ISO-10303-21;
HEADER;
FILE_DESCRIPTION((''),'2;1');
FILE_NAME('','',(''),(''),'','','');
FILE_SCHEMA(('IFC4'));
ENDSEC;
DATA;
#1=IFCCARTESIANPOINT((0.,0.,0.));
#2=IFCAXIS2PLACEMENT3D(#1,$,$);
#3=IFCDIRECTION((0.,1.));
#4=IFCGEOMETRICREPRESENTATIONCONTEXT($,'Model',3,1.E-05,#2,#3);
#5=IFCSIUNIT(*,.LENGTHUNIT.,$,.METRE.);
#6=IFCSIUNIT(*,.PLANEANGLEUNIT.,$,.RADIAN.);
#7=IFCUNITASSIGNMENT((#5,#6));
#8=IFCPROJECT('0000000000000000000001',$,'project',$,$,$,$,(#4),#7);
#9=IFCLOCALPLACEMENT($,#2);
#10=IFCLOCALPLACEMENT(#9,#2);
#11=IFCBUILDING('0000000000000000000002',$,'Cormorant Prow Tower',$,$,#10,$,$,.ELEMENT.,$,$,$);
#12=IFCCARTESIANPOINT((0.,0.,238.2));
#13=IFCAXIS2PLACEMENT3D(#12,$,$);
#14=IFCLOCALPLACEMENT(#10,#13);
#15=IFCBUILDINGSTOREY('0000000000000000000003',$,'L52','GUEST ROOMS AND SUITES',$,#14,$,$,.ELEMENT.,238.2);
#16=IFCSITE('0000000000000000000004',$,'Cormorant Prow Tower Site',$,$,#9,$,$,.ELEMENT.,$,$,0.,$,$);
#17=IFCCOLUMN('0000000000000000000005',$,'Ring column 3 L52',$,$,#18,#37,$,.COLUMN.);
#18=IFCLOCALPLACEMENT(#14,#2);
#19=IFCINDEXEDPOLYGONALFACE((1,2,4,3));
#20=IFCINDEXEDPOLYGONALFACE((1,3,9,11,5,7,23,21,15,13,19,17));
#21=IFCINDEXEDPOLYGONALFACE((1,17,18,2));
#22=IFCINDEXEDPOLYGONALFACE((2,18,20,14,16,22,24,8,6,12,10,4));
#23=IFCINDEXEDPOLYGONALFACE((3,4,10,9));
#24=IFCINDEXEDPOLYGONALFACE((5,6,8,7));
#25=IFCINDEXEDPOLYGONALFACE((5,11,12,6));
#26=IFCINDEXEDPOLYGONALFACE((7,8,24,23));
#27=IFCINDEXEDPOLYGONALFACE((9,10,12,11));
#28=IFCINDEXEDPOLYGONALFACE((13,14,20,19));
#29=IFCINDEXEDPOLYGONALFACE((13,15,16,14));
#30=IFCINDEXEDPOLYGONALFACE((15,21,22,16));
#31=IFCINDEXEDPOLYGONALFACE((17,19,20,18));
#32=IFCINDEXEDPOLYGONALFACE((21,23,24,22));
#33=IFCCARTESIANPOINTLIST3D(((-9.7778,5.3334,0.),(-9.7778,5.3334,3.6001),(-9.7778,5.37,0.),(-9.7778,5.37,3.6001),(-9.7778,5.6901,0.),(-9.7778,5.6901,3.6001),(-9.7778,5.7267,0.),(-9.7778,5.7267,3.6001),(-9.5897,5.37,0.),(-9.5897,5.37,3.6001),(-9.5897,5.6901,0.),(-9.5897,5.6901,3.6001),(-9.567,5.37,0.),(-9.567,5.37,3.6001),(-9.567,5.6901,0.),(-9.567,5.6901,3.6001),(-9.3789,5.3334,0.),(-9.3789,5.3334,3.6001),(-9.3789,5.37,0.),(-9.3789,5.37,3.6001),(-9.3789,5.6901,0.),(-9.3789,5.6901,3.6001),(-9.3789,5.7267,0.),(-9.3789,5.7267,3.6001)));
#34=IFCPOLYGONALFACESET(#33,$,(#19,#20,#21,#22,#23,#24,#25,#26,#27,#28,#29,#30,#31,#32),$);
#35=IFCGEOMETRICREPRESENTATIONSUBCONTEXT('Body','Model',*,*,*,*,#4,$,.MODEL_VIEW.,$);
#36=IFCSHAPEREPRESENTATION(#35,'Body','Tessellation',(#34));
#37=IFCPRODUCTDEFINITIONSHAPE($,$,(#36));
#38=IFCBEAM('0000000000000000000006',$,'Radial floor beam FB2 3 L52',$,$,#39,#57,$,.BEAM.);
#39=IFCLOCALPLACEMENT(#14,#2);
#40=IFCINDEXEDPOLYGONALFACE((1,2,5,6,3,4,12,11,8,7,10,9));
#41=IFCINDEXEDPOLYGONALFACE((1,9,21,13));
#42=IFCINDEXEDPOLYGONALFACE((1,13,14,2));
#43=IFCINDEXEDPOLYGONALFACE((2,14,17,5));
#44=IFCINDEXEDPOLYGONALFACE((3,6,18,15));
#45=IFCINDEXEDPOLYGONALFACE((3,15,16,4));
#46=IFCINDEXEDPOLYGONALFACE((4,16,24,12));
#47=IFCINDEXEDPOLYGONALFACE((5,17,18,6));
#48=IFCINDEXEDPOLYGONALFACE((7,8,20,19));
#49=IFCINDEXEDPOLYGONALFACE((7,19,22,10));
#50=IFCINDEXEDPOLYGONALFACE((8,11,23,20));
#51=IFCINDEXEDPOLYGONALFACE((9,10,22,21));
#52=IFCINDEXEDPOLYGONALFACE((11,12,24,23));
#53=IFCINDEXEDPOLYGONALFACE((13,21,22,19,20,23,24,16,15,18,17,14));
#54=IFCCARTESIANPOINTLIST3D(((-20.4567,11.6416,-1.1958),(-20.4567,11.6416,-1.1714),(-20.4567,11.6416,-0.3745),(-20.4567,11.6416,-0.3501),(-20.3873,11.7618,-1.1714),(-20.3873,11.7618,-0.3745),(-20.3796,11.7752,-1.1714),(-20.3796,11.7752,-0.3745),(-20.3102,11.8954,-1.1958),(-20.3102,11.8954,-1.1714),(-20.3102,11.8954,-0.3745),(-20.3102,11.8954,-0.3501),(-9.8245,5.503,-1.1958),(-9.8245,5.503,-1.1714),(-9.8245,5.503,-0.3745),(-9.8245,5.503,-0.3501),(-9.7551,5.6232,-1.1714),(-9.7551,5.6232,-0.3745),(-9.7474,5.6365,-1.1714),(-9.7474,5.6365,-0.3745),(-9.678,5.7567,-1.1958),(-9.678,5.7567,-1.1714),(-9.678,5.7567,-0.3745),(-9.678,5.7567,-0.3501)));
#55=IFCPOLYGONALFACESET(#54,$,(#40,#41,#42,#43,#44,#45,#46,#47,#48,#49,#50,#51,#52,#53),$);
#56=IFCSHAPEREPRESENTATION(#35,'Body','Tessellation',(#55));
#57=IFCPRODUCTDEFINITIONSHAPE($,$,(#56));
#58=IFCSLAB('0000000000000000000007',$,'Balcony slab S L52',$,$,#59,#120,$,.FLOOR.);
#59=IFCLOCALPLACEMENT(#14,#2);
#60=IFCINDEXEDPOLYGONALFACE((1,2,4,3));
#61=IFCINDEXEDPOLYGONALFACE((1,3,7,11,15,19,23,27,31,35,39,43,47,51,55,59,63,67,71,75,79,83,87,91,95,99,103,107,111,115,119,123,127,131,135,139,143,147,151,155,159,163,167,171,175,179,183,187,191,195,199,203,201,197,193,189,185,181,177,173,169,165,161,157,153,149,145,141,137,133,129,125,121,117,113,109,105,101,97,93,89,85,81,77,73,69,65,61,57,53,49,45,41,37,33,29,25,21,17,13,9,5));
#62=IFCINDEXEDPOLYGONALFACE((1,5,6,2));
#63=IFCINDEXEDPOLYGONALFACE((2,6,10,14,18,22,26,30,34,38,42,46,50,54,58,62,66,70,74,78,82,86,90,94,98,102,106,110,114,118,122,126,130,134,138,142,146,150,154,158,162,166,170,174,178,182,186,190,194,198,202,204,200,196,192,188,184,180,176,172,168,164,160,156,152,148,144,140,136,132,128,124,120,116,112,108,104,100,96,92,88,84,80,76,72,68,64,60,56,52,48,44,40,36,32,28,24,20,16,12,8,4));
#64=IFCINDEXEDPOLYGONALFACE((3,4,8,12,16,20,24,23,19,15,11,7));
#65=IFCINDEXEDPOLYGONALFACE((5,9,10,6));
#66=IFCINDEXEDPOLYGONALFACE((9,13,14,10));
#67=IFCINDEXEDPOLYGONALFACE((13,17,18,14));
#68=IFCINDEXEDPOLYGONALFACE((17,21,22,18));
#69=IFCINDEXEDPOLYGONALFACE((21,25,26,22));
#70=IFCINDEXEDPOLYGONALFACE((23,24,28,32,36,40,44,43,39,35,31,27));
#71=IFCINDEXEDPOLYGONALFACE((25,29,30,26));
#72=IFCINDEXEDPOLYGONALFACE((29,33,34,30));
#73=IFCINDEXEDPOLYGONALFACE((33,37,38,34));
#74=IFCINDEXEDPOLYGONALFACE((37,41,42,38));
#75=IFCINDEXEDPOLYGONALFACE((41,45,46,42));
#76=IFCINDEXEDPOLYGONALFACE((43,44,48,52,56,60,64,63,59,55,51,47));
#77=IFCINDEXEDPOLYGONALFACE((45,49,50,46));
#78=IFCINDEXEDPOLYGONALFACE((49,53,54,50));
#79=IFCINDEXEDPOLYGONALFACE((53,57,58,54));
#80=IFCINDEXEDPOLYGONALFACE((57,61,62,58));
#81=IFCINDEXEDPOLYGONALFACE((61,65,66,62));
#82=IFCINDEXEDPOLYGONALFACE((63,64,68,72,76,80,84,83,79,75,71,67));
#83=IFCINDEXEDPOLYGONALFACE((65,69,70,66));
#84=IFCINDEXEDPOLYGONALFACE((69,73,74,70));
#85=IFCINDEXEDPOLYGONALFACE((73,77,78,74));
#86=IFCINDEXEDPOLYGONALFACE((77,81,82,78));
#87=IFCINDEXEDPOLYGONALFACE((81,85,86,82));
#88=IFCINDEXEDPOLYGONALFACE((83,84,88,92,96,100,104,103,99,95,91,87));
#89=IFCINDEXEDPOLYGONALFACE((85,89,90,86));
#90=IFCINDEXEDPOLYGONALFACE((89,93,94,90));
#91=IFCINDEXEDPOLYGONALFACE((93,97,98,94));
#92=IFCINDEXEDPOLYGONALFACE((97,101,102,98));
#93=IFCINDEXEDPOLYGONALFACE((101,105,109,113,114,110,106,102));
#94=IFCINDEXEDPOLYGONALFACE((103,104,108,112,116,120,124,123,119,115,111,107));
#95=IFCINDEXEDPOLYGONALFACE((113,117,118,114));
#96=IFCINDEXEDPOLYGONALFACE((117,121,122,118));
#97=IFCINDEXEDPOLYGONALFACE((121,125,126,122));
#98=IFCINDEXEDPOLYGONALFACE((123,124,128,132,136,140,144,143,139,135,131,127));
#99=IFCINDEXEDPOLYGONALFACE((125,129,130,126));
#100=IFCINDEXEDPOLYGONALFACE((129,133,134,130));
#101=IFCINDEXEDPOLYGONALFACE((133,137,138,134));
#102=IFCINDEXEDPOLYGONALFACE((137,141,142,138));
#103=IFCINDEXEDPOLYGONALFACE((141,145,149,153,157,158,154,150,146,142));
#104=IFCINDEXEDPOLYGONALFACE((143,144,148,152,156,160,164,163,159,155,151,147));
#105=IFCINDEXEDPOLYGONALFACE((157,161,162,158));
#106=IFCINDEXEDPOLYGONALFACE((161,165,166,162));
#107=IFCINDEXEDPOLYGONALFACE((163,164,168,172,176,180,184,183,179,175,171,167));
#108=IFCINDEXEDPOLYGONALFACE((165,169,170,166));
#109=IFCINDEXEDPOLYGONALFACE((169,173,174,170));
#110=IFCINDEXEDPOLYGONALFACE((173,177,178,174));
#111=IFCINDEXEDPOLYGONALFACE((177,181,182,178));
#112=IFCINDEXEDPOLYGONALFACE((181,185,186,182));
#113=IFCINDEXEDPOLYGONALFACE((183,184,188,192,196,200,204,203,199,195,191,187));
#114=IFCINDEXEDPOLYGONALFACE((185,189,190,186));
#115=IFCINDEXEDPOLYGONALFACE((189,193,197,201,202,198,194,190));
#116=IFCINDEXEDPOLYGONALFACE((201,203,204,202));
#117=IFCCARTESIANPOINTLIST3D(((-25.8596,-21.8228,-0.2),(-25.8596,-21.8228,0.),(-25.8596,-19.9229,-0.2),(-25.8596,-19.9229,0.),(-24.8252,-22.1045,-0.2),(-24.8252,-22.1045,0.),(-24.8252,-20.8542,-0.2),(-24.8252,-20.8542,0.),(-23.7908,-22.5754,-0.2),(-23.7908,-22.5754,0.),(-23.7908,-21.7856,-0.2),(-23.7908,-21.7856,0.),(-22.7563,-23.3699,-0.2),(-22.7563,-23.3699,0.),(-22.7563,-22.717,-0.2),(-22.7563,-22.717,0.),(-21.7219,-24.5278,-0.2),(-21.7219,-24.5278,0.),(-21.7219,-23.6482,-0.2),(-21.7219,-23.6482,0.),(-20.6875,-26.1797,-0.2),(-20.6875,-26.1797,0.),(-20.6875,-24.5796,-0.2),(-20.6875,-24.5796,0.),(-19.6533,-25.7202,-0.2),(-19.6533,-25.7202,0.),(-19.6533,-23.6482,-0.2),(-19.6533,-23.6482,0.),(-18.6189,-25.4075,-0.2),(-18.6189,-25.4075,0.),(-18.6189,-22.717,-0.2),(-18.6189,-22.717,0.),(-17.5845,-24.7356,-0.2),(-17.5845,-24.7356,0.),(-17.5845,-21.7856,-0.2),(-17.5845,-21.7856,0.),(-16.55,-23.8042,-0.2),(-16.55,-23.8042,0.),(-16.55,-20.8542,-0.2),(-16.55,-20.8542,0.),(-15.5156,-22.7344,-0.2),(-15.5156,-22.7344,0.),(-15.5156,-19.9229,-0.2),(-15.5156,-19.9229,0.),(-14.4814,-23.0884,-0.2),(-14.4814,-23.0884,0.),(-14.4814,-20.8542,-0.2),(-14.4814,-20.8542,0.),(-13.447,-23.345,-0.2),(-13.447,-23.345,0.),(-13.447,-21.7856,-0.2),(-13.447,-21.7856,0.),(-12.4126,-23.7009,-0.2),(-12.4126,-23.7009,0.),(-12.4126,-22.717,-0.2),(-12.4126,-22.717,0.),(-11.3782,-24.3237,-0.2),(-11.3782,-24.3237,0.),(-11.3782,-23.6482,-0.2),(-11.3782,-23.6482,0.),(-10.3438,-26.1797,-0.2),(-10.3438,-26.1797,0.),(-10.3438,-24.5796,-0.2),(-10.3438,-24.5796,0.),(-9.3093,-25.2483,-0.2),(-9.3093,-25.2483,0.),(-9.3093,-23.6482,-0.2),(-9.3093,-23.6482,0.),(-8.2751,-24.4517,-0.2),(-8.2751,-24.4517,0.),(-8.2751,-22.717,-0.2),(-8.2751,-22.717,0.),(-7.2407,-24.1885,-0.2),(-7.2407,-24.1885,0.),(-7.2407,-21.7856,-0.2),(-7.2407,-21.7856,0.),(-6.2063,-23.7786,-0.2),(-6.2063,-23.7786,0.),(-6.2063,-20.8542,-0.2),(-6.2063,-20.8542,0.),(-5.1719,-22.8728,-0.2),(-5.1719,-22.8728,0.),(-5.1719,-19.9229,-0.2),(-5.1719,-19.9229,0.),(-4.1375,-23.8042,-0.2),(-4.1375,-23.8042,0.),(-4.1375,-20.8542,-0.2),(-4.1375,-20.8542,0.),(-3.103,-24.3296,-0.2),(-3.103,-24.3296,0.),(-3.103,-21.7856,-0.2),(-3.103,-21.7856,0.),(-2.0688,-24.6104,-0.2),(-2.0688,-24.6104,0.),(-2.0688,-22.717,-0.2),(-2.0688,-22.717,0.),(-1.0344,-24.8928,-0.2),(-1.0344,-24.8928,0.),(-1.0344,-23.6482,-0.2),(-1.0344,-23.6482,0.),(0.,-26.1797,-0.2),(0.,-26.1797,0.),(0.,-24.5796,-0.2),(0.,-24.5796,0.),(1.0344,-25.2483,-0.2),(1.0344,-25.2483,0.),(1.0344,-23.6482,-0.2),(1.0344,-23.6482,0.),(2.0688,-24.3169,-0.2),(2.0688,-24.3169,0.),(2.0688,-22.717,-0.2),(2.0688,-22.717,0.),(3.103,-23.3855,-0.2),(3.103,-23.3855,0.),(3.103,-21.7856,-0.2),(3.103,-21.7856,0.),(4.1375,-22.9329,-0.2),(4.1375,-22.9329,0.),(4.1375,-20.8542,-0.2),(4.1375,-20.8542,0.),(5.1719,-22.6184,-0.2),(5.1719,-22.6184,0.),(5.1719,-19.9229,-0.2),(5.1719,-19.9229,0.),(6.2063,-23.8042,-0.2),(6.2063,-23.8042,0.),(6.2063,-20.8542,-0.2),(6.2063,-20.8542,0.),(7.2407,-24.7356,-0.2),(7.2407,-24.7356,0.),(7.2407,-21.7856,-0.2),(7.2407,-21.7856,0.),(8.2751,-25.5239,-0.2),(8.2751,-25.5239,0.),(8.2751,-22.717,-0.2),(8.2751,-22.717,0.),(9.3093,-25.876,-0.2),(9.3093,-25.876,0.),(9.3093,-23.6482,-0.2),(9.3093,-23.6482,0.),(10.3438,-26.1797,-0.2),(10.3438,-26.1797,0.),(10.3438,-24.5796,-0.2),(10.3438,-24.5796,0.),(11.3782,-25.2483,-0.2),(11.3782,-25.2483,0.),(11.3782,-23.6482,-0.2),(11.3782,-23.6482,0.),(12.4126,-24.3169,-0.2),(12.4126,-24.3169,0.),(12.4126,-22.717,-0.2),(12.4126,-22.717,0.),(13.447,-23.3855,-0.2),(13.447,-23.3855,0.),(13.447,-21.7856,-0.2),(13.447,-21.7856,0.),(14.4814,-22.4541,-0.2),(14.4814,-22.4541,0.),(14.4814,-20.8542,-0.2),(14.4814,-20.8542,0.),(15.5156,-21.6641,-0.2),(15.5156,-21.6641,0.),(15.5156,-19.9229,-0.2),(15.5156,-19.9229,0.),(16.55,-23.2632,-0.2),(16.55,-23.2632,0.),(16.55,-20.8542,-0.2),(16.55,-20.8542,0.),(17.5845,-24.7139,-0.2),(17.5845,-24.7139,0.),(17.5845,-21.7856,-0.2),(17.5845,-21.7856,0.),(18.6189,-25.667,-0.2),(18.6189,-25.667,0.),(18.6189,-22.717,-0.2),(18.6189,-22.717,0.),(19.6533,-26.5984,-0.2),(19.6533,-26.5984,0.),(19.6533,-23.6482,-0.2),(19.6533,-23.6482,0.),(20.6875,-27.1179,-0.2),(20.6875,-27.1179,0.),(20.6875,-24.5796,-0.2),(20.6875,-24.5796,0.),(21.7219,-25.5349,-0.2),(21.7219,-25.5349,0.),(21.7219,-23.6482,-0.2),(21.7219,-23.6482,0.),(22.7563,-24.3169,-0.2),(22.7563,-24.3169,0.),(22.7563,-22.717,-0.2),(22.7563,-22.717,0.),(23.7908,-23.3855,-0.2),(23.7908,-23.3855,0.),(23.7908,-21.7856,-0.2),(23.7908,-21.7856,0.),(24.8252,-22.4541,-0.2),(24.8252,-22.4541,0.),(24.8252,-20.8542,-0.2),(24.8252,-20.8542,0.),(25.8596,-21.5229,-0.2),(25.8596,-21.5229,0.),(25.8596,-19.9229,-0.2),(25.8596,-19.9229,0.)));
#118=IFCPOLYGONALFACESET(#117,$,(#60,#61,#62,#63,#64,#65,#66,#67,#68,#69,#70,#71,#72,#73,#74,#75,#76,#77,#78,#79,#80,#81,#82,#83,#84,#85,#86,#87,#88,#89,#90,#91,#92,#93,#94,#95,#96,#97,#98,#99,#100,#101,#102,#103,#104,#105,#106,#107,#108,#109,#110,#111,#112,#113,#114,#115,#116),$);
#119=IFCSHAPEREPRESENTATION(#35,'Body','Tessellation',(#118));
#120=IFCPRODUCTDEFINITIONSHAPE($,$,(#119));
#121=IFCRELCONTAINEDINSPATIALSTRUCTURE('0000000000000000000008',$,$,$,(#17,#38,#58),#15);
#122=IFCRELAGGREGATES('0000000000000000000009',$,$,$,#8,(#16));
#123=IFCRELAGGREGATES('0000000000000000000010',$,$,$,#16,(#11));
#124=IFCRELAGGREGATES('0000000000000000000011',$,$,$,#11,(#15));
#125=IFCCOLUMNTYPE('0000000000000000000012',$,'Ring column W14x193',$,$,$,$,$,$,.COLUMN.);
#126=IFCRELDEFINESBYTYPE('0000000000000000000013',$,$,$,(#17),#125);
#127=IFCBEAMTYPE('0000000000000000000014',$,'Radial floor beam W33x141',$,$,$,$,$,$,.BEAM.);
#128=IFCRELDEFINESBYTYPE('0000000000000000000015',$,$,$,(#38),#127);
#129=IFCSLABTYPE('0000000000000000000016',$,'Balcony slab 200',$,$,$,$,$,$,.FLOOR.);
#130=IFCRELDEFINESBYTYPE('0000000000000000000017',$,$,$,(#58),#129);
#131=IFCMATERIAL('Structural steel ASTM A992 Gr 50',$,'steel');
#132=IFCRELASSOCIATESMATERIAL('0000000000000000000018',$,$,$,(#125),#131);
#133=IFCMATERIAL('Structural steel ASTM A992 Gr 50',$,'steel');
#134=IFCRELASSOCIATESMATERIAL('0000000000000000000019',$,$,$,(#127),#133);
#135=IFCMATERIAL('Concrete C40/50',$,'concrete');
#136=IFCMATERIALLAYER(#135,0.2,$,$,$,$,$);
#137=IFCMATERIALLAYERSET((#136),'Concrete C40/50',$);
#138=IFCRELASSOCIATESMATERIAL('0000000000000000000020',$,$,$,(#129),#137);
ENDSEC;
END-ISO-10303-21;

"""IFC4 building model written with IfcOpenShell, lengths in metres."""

from ifc_helpers import new_model, si_unit, direction, frame, origin, origin_2d, place, context, subcontext, project, spatial, polyline, i_section, outline, extrude, material, layer, layer_set, material_profile, profile_set, type_object, element, save


model = new_model("IFC4")

# Units and contexts
model_context = context("Model", 3, precision=1e-05, world=origin(), true_north=direction((0.0, 1.0)))
body_context = subcontext(model_context, "Body", "Model", "MODEL_VIEW")
ifc_project = project(units=[si_unit("LENGTHUNIT", "METRE"), si_unit("PLANEANGLEUNIT", "RADIAN")], contexts=[model_context])

# Site, building, storey
site_placement = place(None, origin())
site = spatial("IfcSite", under=ifc_project, at=site_placement, Name="Cormorant Prow Tower Site", CompositionType="ELEMENT", RefElevation=0.0)
building_placement = place(site_placement, origin())
building = spatial("IfcBuilding", under=site, at=building_placement, Name="Cormorant Prow Tower", CompositionType="ELEMENT")
storey_placement = place(building_placement, frame((0.0, 0.0, 238.2)))
storey = spatial("IfcBuildingStorey", under=building, at=storey_placement, Name="L52", Description="GUEST ROOMS AND SUITES", CompositionType="ELEMENT", Elevation=238.2)

# Column
ifc_material_1 = material(Name="Structural steel ASTM A992 Gr 50", Category="steel")
ifc_material_profile_1 = material_profile(ifc_material_1, i_section(OverallWidth=0.3989, OverallDepth=0.3933, WebThickness=0.0227, FlangeThickness=0.0366, at=origin_2d()), Name="W14x193")
ifc_profile_set_1 = profile_set([ifc_material_profile_1], Name="Structural steel ASTM A992 Gr 50")
column_type = type_object("IfcColumnType", Name="Ring column W14x193", PredefinedType="COLUMN", material=ifc_profile_set_1)
column_placement = place(storey_placement, frame((-9.5784, 5.53, 0.0), z_axis=(0.0, 0.0, 1.0), x_axis=(1.0, 0.0, 0.0)))
element("IfcColumn", 1, at=column_placement, inside=storey, type_object=column_type, Name="Ring column 3 L52", PredefinedType="COLUMN", context=body_context, shape_type="SweptSolid", body=[
    extrude(i_section(OverallWidth=0.3989, OverallDepth=0.3933, WebThickness=0.0227, FlangeThickness=0.0366, at=origin_2d()), origin(), (0.0, 0.0, 1.0), 3.6001),
])

# Beam
ifc_material_2 = material(Name="Structural steel ASTM A992 Gr 50", Category="steel")
ifc_material_profile_2 = material_profile(ifc_material_2, i_section(OverallWidth=0.293, OverallDepth=0.8457, WebThickness=0.0154, FlangeThickness=0.0244, at=origin_2d()), Name="W33x141")
ifc_profile_set_2 = profile_set([ifc_material_profile_2], Name="Structural steel ASTM A992 Gr 50")
beam_type = type_object("IfcBeamType", Name="Radial floor beam W33x141", PredefinedType="BEAM", material=ifc_profile_set_2)
beam_placement = place(storey_placement, frame((-9.7512, 5.6299, -0.7729), z_axis=(-0.866022, 0.500006, 0.0), x_axis=(-0.500006, -0.866022, 0.0)))
element("IfcBeam", 2, at=beam_placement, inside=storey, type_object=beam_type, Name="Radial floor beam FB2 3 L52", PredefinedType="BEAM", context=body_context, shape_type="SweptSolid", body=[
    extrude(i_section(OverallWidth=0.293, OverallDepth=0.8457, WebThickness=0.0154, FlangeThickness=0.0244, at=origin_2d()), origin(), (0.0, 0.0, 1.0), 12.2771),
])

# Slab
ifc_material_3 = material(Name="Concrete C40/50", Category="concrete")
ifc_layer_1 = layer(ifc_material_3, 0.2)
ifc_layer_set_1 = layer_set([ifc_layer_1], Name="Concrete C40/50")
slab_type_1 = type_object("IfcSlabType", Name="Balcony slab 200", PredefinedType="FLOOR", material=ifc_layer_set_1)
slab_1_placement = place(storey_placement, frame((0.0, 0.0, -0.2)))
element("IfcSlab", 3, at=slab_1_placement, inside=storey, type_object=slab_type_1, Name="Balcony slab S L52", PredefinedType="FLOOR", context=body_context, shape_type="SweptSolid", body=[
    extrude(outline(polyline([(-25.8596, -19.9229), (-25.8596, -21.8228), (-24.8252, -22.1045), (-23.7908, -22.5754), (-22.7563, -23.3699), (-21.7219, -24.5278), (-20.6875, -26.1797), (-19.6533, -25.7202), (-18.6189, -25.4075), (-17.5845, -24.7356), (-16.55, -23.8042), (-15.5156, -22.7344), (-14.4814, -23.0884), (-13.447, -23.345), (-12.4126, -23.7009), (-11.3782, -24.3237), (-10.3438, -26.1797), (-9.3093, -25.2483), (-8.2751, -24.4517), (-7.2407, -24.1885), (-6.2063, -23.7786), (-5.1719, -22.8728), (-4.1375, -23.8042), (-3.103, -24.3296), (-2.0688, -24.6104), (-1.0344, -24.8928), (0.0, -26.1797), (1.0344, -25.2483), (2.0688, -24.3169), (3.103, -23.3855), (4.1375, -22.9329), (5.1719, -22.6184), (6.2063, -23.8042), (7.2407, -24.7356), (8.2751, -25.5239), (9.3093, -25.876), (10.3438, -26.1797), (11.3782, -25.2483), (12.4126, -24.3169), (13.447, -23.3855), (14.4814, -22.4541), (15.5156, -21.6641), (16.55, -23.2632), (17.5845, -24.7139), (18.6189, -25.667), (19.6533, -26.5984), (20.6875, -27.1179), (21.7219, -25.5349), (22.7563, -24.3169), (23.7908, -23.3855), (24.8252, -22.4541), (25.8596, -21.5229), (25.8596, -19.9229), (24.8252, -20.8542), (23.7908, -21.7856), (22.7563, -22.717), (21.7219, -23.6482), (20.6875, -24.5796), (19.6533, -23.6482), (18.6189, -22.717), (17.5845, -21.7856), (16.55, -20.8542), (15.5156, -19.9229), (14.4814, -20.8542), (13.447, -21.7856), (12.4126, -22.717), (11.3782, -23.6482), (10.3438, -24.5796), (9.3093, -23.6482), (8.2751, -22.717), (7.2407, -21.7856), (6.2063, -20.8542), (5.1719, -19.9229), (4.1375, -20.8542), (3.103, -21.7856), (2.0688, -22.717), (1.0344, -23.6482), (0.0, -24.5796), (-1.0344, -23.6482), (-2.0688, -22.717), (-3.103, -21.7856), (-4.1375, -20.8542), (-5.1719, -19.9229), (-6.2063, -20.8542), (-7.2407, -21.7856), (-8.2751, -22.717), (-9.3093, -23.6482), (-10.3438, -24.5796), (-11.3782, -23.6482), (-12.4126, -22.717), (-13.447, -21.7856), (-14.4814, -20.8542), (-15.5156, -19.9229), (-16.55, -20.8542), (-17.5845, -21.7856), (-18.6189, -22.717), (-19.6533, -23.6482), (-20.6875, -24.5796), (-21.7219, -23.6482), (-22.7563, -22.717), (-23.7908, -21.7856), (-24.8252, -20.8542), (-25.8596, -19.9229)])), origin(), (0.0, 0.0, 1.0), 0.2),
])

save(model, "model.ifc")
